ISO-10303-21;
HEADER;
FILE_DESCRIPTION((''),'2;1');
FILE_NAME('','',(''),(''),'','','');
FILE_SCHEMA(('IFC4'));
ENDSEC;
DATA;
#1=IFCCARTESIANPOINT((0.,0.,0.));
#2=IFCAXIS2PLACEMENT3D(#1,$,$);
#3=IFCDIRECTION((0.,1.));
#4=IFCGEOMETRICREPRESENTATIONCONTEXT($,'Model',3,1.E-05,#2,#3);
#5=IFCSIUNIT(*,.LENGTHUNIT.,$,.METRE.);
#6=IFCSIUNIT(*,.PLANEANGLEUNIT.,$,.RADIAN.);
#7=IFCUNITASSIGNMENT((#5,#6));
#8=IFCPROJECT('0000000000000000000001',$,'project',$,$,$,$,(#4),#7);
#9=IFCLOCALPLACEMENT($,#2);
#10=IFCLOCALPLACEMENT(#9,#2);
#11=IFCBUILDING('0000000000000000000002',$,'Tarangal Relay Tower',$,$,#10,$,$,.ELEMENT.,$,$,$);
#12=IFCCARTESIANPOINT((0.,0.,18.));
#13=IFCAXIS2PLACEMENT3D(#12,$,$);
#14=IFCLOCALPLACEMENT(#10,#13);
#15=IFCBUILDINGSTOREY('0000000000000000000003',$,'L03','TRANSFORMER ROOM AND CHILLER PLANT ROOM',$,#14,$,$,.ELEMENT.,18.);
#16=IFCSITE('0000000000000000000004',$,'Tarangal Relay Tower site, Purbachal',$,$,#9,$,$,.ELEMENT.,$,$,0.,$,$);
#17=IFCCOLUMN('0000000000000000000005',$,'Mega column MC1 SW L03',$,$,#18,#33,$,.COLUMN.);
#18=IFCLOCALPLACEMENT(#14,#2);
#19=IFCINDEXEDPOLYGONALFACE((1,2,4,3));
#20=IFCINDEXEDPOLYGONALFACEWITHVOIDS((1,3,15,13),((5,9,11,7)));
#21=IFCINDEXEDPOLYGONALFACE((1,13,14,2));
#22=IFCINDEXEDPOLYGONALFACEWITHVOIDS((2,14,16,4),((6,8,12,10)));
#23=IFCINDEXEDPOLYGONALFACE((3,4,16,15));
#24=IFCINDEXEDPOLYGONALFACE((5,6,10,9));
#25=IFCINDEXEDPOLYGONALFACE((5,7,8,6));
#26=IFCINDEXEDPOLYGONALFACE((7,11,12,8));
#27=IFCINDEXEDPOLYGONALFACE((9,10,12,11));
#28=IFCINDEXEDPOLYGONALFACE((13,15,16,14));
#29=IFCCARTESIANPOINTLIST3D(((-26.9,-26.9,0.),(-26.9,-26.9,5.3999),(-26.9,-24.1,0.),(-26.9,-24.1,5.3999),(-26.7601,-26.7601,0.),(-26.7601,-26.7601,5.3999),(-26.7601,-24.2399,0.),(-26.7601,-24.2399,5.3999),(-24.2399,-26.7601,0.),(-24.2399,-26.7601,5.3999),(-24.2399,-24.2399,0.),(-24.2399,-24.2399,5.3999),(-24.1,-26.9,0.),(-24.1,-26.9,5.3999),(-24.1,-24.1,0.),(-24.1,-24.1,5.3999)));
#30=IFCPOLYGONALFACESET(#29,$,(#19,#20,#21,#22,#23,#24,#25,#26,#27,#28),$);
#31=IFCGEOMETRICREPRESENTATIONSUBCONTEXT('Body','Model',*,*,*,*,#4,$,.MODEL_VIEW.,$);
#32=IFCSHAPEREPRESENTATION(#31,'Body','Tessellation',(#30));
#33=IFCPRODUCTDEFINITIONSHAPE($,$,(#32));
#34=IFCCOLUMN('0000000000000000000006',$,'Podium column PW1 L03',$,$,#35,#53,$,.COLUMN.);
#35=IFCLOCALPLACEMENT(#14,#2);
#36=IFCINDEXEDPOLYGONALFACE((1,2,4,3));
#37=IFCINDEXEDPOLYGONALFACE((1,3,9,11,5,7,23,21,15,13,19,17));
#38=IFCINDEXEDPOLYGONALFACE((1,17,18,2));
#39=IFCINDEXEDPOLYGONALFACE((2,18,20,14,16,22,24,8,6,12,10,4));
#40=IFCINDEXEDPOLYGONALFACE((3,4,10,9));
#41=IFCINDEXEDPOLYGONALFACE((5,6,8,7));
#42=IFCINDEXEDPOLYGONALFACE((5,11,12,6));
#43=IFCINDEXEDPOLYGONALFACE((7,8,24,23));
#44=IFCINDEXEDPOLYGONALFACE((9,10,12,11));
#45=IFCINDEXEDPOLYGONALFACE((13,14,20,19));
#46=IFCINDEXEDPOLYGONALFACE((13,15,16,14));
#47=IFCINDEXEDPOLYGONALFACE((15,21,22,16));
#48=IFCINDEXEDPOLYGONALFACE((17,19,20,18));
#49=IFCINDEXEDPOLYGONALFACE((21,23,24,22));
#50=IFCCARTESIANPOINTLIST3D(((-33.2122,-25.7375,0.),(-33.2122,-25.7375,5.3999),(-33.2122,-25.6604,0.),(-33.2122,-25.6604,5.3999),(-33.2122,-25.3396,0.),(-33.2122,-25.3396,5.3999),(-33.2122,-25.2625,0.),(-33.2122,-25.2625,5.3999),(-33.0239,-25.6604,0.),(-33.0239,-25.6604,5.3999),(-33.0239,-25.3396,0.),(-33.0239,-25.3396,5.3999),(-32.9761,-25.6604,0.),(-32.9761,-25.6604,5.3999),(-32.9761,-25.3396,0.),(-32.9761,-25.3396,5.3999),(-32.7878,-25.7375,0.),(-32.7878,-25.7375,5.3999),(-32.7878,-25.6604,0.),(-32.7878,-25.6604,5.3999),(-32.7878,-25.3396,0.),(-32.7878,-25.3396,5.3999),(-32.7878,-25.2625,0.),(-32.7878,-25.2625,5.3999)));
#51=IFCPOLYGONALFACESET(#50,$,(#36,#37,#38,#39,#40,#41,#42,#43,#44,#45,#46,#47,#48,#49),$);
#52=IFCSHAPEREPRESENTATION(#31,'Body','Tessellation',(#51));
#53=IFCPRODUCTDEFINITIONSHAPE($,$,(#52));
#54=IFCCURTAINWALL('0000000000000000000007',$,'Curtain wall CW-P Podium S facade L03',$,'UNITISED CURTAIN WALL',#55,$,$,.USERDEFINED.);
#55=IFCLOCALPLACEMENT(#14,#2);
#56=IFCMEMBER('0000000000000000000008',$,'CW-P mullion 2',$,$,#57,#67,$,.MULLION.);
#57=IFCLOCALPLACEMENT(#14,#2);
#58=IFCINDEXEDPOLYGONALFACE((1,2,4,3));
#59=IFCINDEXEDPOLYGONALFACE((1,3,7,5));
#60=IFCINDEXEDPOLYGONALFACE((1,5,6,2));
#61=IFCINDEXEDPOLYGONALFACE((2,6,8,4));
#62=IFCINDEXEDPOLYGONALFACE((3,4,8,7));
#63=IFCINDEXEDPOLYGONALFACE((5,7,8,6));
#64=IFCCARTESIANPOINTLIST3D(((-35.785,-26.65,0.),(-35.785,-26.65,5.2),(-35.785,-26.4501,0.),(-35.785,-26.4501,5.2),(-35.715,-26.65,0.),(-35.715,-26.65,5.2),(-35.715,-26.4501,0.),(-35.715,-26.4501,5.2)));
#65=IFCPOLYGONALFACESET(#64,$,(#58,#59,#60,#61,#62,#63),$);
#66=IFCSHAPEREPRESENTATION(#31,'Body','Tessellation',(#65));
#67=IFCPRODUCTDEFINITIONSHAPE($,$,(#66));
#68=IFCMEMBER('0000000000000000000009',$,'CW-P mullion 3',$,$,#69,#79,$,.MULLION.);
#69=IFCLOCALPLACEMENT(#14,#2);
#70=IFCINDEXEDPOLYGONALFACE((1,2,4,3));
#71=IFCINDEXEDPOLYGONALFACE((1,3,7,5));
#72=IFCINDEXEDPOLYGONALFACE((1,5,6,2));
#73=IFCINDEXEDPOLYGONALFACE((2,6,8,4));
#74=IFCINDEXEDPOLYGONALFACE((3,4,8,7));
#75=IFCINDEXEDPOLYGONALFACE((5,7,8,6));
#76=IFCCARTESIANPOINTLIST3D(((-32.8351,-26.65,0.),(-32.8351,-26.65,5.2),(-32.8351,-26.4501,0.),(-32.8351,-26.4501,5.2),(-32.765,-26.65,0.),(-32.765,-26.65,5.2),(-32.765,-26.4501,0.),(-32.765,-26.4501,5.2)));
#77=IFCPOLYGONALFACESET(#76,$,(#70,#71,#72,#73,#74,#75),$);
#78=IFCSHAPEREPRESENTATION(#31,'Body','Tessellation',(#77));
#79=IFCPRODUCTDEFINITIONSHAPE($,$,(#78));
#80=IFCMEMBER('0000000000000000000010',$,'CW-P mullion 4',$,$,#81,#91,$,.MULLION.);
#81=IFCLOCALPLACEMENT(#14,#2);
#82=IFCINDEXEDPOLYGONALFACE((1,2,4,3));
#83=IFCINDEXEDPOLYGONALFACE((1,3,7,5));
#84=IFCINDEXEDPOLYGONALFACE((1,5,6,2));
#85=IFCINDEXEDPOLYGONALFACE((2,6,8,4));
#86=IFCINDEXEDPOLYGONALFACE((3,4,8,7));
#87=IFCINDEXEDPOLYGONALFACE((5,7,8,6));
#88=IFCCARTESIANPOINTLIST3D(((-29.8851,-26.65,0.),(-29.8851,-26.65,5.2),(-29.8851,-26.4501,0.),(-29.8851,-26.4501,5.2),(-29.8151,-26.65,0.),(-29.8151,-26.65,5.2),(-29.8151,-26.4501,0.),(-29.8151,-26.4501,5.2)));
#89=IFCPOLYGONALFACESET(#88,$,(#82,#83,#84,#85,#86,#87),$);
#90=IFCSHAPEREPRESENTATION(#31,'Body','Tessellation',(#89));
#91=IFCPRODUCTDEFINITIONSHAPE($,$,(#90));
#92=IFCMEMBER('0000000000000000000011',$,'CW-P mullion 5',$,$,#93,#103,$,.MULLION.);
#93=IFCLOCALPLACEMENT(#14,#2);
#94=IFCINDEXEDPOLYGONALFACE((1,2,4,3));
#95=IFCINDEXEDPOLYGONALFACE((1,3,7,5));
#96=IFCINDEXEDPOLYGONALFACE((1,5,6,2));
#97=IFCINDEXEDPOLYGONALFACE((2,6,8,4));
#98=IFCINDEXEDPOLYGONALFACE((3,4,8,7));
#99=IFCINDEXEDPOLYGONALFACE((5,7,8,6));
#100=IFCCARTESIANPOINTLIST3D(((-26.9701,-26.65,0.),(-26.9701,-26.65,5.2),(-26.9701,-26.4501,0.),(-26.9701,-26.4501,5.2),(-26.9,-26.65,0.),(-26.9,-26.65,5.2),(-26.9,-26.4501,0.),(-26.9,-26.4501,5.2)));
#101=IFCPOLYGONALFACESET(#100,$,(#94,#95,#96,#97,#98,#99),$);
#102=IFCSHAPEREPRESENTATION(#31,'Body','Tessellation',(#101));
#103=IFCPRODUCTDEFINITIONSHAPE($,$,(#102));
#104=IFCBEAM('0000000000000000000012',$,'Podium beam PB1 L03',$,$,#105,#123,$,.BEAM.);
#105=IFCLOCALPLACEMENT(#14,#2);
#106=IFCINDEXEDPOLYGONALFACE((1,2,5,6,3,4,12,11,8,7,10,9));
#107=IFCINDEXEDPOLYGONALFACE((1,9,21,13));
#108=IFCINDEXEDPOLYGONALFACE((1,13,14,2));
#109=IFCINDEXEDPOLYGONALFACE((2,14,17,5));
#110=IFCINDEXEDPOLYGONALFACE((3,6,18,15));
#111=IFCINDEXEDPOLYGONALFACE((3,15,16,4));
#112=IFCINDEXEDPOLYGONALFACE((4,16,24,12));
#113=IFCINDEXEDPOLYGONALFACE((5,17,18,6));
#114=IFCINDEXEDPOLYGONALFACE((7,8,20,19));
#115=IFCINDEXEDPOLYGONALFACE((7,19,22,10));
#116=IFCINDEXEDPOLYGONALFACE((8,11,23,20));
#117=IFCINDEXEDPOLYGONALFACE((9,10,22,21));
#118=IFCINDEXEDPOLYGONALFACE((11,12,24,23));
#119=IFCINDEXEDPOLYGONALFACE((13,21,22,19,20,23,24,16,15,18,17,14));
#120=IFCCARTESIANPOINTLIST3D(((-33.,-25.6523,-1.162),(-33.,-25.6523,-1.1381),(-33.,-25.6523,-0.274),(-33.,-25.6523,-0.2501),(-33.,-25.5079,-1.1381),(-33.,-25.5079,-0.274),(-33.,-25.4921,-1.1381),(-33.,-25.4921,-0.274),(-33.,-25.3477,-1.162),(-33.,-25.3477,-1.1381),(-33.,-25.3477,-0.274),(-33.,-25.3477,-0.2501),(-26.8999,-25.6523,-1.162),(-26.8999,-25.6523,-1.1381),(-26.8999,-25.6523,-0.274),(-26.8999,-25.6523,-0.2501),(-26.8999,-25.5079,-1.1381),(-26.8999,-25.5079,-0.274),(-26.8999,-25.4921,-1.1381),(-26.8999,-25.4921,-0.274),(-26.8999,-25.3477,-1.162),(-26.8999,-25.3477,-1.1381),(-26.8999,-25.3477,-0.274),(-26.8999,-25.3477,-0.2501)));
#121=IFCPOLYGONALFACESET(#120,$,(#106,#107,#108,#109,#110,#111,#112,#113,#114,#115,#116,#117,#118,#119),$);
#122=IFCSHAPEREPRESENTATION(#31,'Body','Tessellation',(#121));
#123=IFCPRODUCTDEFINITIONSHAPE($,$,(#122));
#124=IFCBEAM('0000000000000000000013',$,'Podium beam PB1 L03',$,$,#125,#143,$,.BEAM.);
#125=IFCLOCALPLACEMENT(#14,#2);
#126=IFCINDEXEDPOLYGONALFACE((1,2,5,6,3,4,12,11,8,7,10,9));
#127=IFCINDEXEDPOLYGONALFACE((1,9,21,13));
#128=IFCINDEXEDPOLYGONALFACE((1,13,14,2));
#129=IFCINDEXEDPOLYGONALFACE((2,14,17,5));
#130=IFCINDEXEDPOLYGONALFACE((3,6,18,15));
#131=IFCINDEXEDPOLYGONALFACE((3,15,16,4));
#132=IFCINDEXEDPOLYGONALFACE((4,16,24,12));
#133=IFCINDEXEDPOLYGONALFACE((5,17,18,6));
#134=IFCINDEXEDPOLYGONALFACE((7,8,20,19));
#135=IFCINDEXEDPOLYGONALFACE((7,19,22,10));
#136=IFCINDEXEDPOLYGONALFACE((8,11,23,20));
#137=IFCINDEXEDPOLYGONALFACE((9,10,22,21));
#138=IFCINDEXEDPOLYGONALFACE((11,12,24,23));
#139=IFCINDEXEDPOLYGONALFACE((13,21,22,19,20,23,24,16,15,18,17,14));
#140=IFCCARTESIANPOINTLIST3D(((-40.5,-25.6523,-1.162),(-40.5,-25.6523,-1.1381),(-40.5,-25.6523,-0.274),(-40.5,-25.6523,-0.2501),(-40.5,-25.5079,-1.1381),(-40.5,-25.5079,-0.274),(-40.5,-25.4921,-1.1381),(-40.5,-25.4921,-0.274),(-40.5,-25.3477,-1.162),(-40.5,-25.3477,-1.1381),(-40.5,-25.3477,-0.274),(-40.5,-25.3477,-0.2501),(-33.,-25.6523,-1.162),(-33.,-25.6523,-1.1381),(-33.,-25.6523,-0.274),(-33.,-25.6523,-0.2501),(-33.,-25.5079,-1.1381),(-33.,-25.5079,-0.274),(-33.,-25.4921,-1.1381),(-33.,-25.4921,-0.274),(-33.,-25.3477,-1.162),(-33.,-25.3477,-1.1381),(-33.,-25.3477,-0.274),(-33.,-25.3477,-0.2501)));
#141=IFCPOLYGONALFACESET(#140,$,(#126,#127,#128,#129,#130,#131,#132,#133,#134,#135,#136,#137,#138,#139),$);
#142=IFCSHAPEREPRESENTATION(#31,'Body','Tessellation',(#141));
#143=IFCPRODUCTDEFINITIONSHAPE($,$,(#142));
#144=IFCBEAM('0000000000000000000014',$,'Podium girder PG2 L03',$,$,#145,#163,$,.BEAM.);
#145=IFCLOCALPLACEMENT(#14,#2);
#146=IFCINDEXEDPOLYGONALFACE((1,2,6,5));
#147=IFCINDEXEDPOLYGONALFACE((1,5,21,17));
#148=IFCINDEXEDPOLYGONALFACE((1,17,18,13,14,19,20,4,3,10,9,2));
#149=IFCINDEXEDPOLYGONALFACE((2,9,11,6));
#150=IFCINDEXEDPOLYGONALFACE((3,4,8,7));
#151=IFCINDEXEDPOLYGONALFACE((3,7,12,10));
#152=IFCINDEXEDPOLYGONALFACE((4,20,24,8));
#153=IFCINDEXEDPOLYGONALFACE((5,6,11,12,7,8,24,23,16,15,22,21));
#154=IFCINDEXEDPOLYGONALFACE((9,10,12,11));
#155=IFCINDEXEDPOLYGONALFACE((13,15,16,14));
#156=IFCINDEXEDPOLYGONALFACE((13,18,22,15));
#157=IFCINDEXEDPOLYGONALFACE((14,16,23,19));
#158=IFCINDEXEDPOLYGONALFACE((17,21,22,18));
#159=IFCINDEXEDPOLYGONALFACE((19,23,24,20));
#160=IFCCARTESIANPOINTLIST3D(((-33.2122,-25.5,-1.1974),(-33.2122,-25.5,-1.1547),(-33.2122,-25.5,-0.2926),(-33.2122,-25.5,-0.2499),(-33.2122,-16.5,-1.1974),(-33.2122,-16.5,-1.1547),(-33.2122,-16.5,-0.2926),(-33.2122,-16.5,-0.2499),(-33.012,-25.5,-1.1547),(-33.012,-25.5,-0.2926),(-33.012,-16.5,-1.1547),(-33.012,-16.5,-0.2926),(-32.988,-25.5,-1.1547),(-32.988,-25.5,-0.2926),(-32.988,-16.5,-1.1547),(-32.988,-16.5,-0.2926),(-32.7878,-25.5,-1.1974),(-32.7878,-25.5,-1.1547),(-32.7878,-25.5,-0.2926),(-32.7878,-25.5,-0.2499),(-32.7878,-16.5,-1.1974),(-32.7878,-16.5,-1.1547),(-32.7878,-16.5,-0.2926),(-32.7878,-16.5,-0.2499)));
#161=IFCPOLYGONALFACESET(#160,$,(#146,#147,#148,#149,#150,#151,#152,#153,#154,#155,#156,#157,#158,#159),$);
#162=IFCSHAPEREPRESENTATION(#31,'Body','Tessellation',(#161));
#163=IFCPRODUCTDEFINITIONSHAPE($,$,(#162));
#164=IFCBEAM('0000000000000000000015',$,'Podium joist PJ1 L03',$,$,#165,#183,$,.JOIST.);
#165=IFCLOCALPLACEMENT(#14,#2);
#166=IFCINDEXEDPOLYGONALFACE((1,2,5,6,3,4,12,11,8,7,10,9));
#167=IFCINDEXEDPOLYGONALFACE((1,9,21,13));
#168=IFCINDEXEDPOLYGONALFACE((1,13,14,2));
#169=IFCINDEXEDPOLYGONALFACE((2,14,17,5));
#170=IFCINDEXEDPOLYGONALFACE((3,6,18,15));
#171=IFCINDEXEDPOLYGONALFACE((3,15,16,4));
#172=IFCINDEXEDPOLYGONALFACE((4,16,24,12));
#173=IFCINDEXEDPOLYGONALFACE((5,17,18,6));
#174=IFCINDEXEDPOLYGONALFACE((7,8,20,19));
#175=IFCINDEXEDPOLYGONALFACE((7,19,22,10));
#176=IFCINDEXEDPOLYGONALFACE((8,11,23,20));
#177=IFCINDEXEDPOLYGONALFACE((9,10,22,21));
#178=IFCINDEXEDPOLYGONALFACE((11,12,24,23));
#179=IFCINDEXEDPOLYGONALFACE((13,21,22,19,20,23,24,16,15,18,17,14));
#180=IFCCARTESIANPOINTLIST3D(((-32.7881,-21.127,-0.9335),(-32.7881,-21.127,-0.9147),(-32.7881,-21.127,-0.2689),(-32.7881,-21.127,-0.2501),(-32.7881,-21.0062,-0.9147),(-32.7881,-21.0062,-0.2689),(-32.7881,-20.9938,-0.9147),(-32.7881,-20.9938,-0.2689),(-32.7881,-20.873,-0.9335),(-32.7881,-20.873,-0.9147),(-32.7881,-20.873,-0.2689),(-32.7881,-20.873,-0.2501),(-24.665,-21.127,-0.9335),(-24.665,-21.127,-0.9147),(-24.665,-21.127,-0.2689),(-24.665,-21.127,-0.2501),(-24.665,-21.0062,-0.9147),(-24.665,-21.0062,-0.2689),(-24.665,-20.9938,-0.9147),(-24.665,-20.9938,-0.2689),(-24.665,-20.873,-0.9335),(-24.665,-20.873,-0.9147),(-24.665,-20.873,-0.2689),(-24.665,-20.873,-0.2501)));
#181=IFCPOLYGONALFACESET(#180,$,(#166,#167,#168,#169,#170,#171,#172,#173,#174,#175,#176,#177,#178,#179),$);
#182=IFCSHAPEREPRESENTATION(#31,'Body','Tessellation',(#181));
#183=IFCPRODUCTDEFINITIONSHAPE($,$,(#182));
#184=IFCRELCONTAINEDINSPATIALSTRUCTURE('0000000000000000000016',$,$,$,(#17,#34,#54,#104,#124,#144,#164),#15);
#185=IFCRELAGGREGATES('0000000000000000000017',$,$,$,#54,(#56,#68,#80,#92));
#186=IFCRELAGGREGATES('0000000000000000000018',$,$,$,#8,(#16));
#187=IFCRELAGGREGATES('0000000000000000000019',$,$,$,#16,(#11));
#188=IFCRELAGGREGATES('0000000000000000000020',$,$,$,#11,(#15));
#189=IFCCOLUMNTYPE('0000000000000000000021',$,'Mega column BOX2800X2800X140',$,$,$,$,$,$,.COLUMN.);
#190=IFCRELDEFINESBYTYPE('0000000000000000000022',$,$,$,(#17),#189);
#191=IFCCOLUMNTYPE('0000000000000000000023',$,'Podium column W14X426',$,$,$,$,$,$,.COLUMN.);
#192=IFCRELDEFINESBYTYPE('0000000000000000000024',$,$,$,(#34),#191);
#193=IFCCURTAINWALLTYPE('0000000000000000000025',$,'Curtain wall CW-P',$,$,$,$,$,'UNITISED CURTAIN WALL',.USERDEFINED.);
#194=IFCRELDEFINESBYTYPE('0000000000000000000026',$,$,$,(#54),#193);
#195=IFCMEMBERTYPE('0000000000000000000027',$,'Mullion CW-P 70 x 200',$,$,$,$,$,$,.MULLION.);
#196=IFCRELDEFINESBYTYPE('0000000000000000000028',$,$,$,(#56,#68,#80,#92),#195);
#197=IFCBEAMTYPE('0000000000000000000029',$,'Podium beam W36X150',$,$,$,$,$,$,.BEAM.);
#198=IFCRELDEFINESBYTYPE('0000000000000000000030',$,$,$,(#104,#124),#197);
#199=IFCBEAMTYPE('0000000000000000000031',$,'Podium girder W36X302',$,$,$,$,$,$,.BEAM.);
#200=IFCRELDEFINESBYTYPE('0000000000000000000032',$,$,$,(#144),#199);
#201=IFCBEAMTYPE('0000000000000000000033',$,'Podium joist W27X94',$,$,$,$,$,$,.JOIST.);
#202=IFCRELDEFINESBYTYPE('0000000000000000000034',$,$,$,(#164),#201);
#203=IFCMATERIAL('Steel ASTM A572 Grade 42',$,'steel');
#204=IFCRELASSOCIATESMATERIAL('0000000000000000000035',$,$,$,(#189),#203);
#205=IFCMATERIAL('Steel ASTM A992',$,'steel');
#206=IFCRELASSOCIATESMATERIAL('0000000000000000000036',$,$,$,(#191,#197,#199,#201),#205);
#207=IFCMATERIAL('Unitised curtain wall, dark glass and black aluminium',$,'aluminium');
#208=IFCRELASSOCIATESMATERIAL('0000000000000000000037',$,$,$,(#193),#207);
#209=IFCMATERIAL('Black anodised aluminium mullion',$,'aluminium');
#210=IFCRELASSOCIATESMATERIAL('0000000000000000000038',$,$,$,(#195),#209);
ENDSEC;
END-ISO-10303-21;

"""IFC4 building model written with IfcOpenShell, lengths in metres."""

from ifc_helpers import new_model, si_unit, direction, frame, origin, origin_2d, place, context, subcontext, project, spatial, rectangle, hollow_rectangle, i_section, extrude, material, material_profile, profile_set, type_object, element, aggregate, save


model = new_model("IFC4")

# Units and contexts
model_context = context("Model", 3, precision=1e-05, world=origin(), true_north=direction((0.0, 1.0)))
body_context = subcontext(model_context, "Body", "Model", "MODEL_VIEW")
ifc_project = project(units=[si_unit("LENGTHUNIT", "METRE"), si_unit("PLANEANGLEUNIT", "RADIAN")], contexts=[model_context])

# Site, building, storey
site_placement = place(None, origin())
site = spatial("IfcSite", under=ifc_project, at=site_placement, Name="Tarangal Relay Tower site, Purbachal", CompositionType="ELEMENT", RefElevation=0.0)
building_placement = place(site_placement, origin())
building = spatial("IfcBuilding", under=site, at=building_placement, Name="Tarangal Relay Tower", CompositionType="ELEMENT")
storey_placement = place(building_placement, frame((0.0, 0.0, 18.0)))
storey = spatial("IfcBuildingStorey", under=building, at=storey_placement, Name="L03", Description="TRANSFORMER ROOM AND CHILLER PLANT ROOM", CompositionType="ELEMENT", Elevation=18.0)

# Columns
ifc_material_1 = material(Name="Steel ASTM A572 Grade 42", Category="steel")
ifc_material_profile_1 = material_profile(ifc_material_1, hollow_rectangle(XDim=2.8, YDim=2.8, WallThickness=0.1399, at=origin_2d()), Name="BOX2800X2800X140")
ifc_profile_set_1 = profile_set([ifc_material_profile_1], Name="Steel ASTM A572 Grade 42")
column_type_1 = type_object("IfcColumnType", Name="Mega column BOX2800X2800X140", PredefinedType="COLUMN", material=ifc_profile_set_1)
column_1_placement = place(storey_placement, frame((-25.5, -25.5, 0.0), z_axis=(0.0, 0.0, 1.0), x_axis=(1.0, 0.0, 0.0)))
element("IfcColumn", 1, at=column_1_placement, inside=storey, type_object=column_type_1, Name="Mega column MC1 SW L03", PredefinedType="COLUMN", context=body_context, shape_type="SweptSolid", body=[
    extrude(hollow_rectangle(XDim=2.8, YDim=2.8, WallThickness=0.1399, at=origin_2d()), origin(), (0.0, 0.0, 1.0), 5.3999),
])
ifc_material_2 = material(Name="Steel ASTM A992", Category="steel")
ifc_material_profile_2 = material_profile(ifc_material_2, i_section(OverallWidth=0.4243, OverallDepth=0.4751, WebThickness=0.0479, FlangeThickness=0.0771, at=origin_2d()), Name="W14X426")
ifc_profile_set_2 = profile_set([ifc_material_profile_2], Name="Steel ASTM A992")
column_type_2 = type_object("IfcColumnType", Name="Podium column W14X426", PredefinedType="COLUMN", material=ifc_profile_set_2)
column_2_placement = place(storey_placement, frame((-33.0, -25.5, 0.0), z_axis=(0.0, 0.0, 1.0), x_axis=(1.0, 0.0, 0.0)))
element("IfcColumn", 2, at=column_2_placement, inside=storey, type_object=column_type_2, Name="Podium column PW1 L03", PredefinedType="COLUMN", context=body_context, shape_type="SweptSolid", body=[
    extrude(i_section(OverallWidth=0.4243, OverallDepth=0.4751, WebThickness=0.0479, FlangeThickness=0.0771, at=origin_2d()), origin(), (0.0, 0.0, 1.0), 5.3999),
])

# Curtain wall, members
ifc_material_3 = material(Name="Unitised curtain wall, dark glass and black aluminium", Category="aluminium")
curtain_wall_type = type_object("IfcCurtainWallType", Name="Curtain wall CW-P", ElementType="UNITISED CURTAIN WALL", PredefinedType="USERDEFINED", material=ifc_material_3)
curtain_wall_placement = place(storey_placement, origin())
curtain_wall = element("IfcCurtainWall", 3, at=curtain_wall_placement, inside=storey, type_object=curtain_wall_type, Name="Curtain wall CW-P Podium S facade L03", ObjectType="UNITISED CURTAIN WALL", PredefinedType="USERDEFINED")
ifc_material_4 = material(Name="Black anodised aluminium mullion", Category="aluminium")
ifc_material_profile_3 = material_profile(ifc_material_4, rectangle(XDim=0.2, YDim=0.0701, at=origin_2d()), Name="CW-PM 70X200")
ifc_profile_set_3 = profile_set([ifc_material_profile_3], Name="Black anodised aluminium mullion")
member_type_1 = type_object("IfcMemberType", Name="Mullion CW-P 70 x 200", PredefinedType="MULLION", material=ifc_profile_set_3)
member_1_placement = place(storey_placement, frame((-35.75, -26.55, 0.0), z_axis=(0.0, 0.0, 1.0), x_axis=(0.0, 1.0, 0.0)))
member_1 = element("IfcMember", 4, at=member_1_placement, type_object=member_type_1, Name="CW-P mullion 2", PredefinedType="MULLION", context=body_context, shape_type="SweptSolid", body=[
    extrude(rectangle(XDim=0.2, YDim=0.0701, at=origin_2d()), origin(), (0.0, 0.0, 1.0), 5.2),
])
member_2_placement = place(storey_placement, frame((-32.8, -26.55, 0.0), z_axis=(0.0, 0.0, 1.0), x_axis=(0.0, 1.0, 0.0)))
member_2 = element("IfcMember", 5, at=member_2_placement, type_object=member_type_1, Name="CW-P mullion 3", PredefinedType="MULLION", context=body_context, shape_type="SweptSolid", body=[
    extrude(rectangle(XDim=0.2, YDim=0.0701, at=origin_2d()), origin(), (0.0, 0.0, 1.0), 5.2),
])
member_3_placement = place(storey_placement, frame((-29.8501, -26.55, 0.0), z_axis=(0.0, 0.0, 1.0), x_axis=(0.0, 1.0, 0.0)))
member_3 = element("IfcMember", 6, at=member_3_placement, type_object=member_type_1, Name="CW-P mullion 4", PredefinedType="MULLION", context=body_context, shape_type="SweptSolid", body=[
    extrude(rectangle(XDim=0.2, YDim=0.0701, at=origin_2d()), origin(), (0.0, 0.0, 1.0), 5.2),
])
member_4_placement = place(storey_placement, frame((-26.9351, -26.55, 0.0), z_axis=(0.0, 0.0, 1.0), x_axis=(0.0, 1.0, 0.0)))
member_4 = element("IfcMember", 7, at=member_4_placement, type_object=member_type_1, Name="CW-P mullion 5", PredefinedType="MULLION", context=body_context, shape_type="SweptSolid", body=[
    extrude(rectangle(XDim=0.2, YDim=0.0701, at=origin_2d()), origin(), (0.0, 0.0, 1.0), 5.2),
])

# Beams
ifc_material_profile_4 = material_profile(ifc_material_2, i_section(OverallWidth=0.3047, OverallDepth=0.9119, WebThickness=0.0159, FlangeThickness=0.0239, at=origin_2d()), Name="W36X150")
ifc_profile_set_4 = profile_set([ifc_material_profile_4], Name="Steel ASTM A992")
beam_type_1 = type_object("IfcBeamType", Name="Podium beam W36X150", PredefinedType="BEAM", material=ifc_profile_set_4)
beam_1_placement = place(storey_placement, frame((-26.8999, -25.5, -0.7061), z_axis=(-1.0, 0.0, 0.0), x_axis=(0.0, -1.0, 0.0)))
element("IfcBeam", 8, at=beam_1_placement, inside=storey, type_object=beam_type_1, Name="Podium beam PB1 L03", PredefinedType="BEAM", context=body_context, shape_type="SweptSolid", body=[
    extrude(i_section(OverallWidth=0.3047, OverallDepth=0.9119, WebThickness=0.0159, FlangeThickness=0.0239, at=origin_2d()), origin(), (0.0, 0.0, 1.0), 6.1001),
])
beam_2_placement = place(storey_placement, frame((-33.0, -25.5, -0.7061), z_axis=(-1.0, 0.0, 0.0), x_axis=(0.0, -1.0, 0.0)))
element("IfcBeam", 9, at=beam_2_placement, inside=storey, type_object=beam_type_1, Name="Podium beam PB1 L03", PredefinedType="BEAM", context=body_context, shape_type="SweptSolid", body=[
    extrude(i_section(OverallWidth=0.3047, OverallDepth=0.9119, WebThickness=0.0159, FlangeThickness=0.0239, at=origin_2d()), origin(), (0.0, 0.0, 1.0), 7.5),
])
ifc_material_profile_5 = material_profile(ifc_material_2, i_section(OverallWidth=0.4243, OverallDepth=0.9475, WebThickness=0.0239, FlangeThickness=0.0427, at=origin_2d()), Name="W36X302")
ifc_profile_set_5 = profile_set([ifc_material_profile_5], Name="Steel ASTM A992")
beam_type_2 = type_object("IfcBeamType", Name="Podium girder W36X302", PredefinedType="BEAM", material=ifc_profile_set_5)
beam_3_placement = place(storey_placement, frame((-33.0, -25.5, -0.7236), z_axis=(0.0, 1.0, 0.0), x_axis=(-1.0, 0.0, 0.0)))
element("IfcBeam", 10, at=beam_3_placement, inside=storey, type_object=beam_type_2, Name="Podium girder PG2 L03", PredefinedType="BEAM", context=body_context, shape_type="SweptSolid", body=[
    extrude(i_section(OverallWidth=0.4243, OverallDepth=0.9475, WebThickness=0.0239, FlangeThickness=0.0427, at=origin_2d()), origin(), (0.0, 0.0, 1.0), 9.0),
])
ifc_material_profile_6 = material_profile(ifc_material_2, i_section(OverallWidth=0.2539, OverallDepth=0.6833, WebThickness=0.0125, FlangeThickness=0.0188, at=origin_2d()), Name="W27X94")
ifc_profile_set_6 = profile_set([ifc_material_profile_6], Name="Steel ASTM A992")
beam_type_3 = type_object("IfcBeamType", Name="Podium joist W27X94", PredefinedType="JOIST", material=ifc_profile_set_6)
beam_4_placement = place(storey_placement, frame((-24.665, -21.0, -0.5918), z_axis=(-1.0, 0.0, 0.0), x_axis=(0.0, -1.0, 0.0)))
element("IfcBeam", 11, at=beam_4_placement, inside=storey, type_object=beam_type_3, Name="Podium joist PJ1 L03", PredefinedType="JOIST", context=body_context, shape_type="SweptSolid", body=[
    extrude(i_section(OverallWidth=0.2539, OverallDepth=0.6833, WebThickness=0.0125, FlangeThickness=0.0188, at=origin_2d()), origin(), (0.0, 0.0, 1.0), 8.123),
])

aggregate(curtain_wall, [member_1, member_2, member_3, member_4])

save(model, "model.ifc")
